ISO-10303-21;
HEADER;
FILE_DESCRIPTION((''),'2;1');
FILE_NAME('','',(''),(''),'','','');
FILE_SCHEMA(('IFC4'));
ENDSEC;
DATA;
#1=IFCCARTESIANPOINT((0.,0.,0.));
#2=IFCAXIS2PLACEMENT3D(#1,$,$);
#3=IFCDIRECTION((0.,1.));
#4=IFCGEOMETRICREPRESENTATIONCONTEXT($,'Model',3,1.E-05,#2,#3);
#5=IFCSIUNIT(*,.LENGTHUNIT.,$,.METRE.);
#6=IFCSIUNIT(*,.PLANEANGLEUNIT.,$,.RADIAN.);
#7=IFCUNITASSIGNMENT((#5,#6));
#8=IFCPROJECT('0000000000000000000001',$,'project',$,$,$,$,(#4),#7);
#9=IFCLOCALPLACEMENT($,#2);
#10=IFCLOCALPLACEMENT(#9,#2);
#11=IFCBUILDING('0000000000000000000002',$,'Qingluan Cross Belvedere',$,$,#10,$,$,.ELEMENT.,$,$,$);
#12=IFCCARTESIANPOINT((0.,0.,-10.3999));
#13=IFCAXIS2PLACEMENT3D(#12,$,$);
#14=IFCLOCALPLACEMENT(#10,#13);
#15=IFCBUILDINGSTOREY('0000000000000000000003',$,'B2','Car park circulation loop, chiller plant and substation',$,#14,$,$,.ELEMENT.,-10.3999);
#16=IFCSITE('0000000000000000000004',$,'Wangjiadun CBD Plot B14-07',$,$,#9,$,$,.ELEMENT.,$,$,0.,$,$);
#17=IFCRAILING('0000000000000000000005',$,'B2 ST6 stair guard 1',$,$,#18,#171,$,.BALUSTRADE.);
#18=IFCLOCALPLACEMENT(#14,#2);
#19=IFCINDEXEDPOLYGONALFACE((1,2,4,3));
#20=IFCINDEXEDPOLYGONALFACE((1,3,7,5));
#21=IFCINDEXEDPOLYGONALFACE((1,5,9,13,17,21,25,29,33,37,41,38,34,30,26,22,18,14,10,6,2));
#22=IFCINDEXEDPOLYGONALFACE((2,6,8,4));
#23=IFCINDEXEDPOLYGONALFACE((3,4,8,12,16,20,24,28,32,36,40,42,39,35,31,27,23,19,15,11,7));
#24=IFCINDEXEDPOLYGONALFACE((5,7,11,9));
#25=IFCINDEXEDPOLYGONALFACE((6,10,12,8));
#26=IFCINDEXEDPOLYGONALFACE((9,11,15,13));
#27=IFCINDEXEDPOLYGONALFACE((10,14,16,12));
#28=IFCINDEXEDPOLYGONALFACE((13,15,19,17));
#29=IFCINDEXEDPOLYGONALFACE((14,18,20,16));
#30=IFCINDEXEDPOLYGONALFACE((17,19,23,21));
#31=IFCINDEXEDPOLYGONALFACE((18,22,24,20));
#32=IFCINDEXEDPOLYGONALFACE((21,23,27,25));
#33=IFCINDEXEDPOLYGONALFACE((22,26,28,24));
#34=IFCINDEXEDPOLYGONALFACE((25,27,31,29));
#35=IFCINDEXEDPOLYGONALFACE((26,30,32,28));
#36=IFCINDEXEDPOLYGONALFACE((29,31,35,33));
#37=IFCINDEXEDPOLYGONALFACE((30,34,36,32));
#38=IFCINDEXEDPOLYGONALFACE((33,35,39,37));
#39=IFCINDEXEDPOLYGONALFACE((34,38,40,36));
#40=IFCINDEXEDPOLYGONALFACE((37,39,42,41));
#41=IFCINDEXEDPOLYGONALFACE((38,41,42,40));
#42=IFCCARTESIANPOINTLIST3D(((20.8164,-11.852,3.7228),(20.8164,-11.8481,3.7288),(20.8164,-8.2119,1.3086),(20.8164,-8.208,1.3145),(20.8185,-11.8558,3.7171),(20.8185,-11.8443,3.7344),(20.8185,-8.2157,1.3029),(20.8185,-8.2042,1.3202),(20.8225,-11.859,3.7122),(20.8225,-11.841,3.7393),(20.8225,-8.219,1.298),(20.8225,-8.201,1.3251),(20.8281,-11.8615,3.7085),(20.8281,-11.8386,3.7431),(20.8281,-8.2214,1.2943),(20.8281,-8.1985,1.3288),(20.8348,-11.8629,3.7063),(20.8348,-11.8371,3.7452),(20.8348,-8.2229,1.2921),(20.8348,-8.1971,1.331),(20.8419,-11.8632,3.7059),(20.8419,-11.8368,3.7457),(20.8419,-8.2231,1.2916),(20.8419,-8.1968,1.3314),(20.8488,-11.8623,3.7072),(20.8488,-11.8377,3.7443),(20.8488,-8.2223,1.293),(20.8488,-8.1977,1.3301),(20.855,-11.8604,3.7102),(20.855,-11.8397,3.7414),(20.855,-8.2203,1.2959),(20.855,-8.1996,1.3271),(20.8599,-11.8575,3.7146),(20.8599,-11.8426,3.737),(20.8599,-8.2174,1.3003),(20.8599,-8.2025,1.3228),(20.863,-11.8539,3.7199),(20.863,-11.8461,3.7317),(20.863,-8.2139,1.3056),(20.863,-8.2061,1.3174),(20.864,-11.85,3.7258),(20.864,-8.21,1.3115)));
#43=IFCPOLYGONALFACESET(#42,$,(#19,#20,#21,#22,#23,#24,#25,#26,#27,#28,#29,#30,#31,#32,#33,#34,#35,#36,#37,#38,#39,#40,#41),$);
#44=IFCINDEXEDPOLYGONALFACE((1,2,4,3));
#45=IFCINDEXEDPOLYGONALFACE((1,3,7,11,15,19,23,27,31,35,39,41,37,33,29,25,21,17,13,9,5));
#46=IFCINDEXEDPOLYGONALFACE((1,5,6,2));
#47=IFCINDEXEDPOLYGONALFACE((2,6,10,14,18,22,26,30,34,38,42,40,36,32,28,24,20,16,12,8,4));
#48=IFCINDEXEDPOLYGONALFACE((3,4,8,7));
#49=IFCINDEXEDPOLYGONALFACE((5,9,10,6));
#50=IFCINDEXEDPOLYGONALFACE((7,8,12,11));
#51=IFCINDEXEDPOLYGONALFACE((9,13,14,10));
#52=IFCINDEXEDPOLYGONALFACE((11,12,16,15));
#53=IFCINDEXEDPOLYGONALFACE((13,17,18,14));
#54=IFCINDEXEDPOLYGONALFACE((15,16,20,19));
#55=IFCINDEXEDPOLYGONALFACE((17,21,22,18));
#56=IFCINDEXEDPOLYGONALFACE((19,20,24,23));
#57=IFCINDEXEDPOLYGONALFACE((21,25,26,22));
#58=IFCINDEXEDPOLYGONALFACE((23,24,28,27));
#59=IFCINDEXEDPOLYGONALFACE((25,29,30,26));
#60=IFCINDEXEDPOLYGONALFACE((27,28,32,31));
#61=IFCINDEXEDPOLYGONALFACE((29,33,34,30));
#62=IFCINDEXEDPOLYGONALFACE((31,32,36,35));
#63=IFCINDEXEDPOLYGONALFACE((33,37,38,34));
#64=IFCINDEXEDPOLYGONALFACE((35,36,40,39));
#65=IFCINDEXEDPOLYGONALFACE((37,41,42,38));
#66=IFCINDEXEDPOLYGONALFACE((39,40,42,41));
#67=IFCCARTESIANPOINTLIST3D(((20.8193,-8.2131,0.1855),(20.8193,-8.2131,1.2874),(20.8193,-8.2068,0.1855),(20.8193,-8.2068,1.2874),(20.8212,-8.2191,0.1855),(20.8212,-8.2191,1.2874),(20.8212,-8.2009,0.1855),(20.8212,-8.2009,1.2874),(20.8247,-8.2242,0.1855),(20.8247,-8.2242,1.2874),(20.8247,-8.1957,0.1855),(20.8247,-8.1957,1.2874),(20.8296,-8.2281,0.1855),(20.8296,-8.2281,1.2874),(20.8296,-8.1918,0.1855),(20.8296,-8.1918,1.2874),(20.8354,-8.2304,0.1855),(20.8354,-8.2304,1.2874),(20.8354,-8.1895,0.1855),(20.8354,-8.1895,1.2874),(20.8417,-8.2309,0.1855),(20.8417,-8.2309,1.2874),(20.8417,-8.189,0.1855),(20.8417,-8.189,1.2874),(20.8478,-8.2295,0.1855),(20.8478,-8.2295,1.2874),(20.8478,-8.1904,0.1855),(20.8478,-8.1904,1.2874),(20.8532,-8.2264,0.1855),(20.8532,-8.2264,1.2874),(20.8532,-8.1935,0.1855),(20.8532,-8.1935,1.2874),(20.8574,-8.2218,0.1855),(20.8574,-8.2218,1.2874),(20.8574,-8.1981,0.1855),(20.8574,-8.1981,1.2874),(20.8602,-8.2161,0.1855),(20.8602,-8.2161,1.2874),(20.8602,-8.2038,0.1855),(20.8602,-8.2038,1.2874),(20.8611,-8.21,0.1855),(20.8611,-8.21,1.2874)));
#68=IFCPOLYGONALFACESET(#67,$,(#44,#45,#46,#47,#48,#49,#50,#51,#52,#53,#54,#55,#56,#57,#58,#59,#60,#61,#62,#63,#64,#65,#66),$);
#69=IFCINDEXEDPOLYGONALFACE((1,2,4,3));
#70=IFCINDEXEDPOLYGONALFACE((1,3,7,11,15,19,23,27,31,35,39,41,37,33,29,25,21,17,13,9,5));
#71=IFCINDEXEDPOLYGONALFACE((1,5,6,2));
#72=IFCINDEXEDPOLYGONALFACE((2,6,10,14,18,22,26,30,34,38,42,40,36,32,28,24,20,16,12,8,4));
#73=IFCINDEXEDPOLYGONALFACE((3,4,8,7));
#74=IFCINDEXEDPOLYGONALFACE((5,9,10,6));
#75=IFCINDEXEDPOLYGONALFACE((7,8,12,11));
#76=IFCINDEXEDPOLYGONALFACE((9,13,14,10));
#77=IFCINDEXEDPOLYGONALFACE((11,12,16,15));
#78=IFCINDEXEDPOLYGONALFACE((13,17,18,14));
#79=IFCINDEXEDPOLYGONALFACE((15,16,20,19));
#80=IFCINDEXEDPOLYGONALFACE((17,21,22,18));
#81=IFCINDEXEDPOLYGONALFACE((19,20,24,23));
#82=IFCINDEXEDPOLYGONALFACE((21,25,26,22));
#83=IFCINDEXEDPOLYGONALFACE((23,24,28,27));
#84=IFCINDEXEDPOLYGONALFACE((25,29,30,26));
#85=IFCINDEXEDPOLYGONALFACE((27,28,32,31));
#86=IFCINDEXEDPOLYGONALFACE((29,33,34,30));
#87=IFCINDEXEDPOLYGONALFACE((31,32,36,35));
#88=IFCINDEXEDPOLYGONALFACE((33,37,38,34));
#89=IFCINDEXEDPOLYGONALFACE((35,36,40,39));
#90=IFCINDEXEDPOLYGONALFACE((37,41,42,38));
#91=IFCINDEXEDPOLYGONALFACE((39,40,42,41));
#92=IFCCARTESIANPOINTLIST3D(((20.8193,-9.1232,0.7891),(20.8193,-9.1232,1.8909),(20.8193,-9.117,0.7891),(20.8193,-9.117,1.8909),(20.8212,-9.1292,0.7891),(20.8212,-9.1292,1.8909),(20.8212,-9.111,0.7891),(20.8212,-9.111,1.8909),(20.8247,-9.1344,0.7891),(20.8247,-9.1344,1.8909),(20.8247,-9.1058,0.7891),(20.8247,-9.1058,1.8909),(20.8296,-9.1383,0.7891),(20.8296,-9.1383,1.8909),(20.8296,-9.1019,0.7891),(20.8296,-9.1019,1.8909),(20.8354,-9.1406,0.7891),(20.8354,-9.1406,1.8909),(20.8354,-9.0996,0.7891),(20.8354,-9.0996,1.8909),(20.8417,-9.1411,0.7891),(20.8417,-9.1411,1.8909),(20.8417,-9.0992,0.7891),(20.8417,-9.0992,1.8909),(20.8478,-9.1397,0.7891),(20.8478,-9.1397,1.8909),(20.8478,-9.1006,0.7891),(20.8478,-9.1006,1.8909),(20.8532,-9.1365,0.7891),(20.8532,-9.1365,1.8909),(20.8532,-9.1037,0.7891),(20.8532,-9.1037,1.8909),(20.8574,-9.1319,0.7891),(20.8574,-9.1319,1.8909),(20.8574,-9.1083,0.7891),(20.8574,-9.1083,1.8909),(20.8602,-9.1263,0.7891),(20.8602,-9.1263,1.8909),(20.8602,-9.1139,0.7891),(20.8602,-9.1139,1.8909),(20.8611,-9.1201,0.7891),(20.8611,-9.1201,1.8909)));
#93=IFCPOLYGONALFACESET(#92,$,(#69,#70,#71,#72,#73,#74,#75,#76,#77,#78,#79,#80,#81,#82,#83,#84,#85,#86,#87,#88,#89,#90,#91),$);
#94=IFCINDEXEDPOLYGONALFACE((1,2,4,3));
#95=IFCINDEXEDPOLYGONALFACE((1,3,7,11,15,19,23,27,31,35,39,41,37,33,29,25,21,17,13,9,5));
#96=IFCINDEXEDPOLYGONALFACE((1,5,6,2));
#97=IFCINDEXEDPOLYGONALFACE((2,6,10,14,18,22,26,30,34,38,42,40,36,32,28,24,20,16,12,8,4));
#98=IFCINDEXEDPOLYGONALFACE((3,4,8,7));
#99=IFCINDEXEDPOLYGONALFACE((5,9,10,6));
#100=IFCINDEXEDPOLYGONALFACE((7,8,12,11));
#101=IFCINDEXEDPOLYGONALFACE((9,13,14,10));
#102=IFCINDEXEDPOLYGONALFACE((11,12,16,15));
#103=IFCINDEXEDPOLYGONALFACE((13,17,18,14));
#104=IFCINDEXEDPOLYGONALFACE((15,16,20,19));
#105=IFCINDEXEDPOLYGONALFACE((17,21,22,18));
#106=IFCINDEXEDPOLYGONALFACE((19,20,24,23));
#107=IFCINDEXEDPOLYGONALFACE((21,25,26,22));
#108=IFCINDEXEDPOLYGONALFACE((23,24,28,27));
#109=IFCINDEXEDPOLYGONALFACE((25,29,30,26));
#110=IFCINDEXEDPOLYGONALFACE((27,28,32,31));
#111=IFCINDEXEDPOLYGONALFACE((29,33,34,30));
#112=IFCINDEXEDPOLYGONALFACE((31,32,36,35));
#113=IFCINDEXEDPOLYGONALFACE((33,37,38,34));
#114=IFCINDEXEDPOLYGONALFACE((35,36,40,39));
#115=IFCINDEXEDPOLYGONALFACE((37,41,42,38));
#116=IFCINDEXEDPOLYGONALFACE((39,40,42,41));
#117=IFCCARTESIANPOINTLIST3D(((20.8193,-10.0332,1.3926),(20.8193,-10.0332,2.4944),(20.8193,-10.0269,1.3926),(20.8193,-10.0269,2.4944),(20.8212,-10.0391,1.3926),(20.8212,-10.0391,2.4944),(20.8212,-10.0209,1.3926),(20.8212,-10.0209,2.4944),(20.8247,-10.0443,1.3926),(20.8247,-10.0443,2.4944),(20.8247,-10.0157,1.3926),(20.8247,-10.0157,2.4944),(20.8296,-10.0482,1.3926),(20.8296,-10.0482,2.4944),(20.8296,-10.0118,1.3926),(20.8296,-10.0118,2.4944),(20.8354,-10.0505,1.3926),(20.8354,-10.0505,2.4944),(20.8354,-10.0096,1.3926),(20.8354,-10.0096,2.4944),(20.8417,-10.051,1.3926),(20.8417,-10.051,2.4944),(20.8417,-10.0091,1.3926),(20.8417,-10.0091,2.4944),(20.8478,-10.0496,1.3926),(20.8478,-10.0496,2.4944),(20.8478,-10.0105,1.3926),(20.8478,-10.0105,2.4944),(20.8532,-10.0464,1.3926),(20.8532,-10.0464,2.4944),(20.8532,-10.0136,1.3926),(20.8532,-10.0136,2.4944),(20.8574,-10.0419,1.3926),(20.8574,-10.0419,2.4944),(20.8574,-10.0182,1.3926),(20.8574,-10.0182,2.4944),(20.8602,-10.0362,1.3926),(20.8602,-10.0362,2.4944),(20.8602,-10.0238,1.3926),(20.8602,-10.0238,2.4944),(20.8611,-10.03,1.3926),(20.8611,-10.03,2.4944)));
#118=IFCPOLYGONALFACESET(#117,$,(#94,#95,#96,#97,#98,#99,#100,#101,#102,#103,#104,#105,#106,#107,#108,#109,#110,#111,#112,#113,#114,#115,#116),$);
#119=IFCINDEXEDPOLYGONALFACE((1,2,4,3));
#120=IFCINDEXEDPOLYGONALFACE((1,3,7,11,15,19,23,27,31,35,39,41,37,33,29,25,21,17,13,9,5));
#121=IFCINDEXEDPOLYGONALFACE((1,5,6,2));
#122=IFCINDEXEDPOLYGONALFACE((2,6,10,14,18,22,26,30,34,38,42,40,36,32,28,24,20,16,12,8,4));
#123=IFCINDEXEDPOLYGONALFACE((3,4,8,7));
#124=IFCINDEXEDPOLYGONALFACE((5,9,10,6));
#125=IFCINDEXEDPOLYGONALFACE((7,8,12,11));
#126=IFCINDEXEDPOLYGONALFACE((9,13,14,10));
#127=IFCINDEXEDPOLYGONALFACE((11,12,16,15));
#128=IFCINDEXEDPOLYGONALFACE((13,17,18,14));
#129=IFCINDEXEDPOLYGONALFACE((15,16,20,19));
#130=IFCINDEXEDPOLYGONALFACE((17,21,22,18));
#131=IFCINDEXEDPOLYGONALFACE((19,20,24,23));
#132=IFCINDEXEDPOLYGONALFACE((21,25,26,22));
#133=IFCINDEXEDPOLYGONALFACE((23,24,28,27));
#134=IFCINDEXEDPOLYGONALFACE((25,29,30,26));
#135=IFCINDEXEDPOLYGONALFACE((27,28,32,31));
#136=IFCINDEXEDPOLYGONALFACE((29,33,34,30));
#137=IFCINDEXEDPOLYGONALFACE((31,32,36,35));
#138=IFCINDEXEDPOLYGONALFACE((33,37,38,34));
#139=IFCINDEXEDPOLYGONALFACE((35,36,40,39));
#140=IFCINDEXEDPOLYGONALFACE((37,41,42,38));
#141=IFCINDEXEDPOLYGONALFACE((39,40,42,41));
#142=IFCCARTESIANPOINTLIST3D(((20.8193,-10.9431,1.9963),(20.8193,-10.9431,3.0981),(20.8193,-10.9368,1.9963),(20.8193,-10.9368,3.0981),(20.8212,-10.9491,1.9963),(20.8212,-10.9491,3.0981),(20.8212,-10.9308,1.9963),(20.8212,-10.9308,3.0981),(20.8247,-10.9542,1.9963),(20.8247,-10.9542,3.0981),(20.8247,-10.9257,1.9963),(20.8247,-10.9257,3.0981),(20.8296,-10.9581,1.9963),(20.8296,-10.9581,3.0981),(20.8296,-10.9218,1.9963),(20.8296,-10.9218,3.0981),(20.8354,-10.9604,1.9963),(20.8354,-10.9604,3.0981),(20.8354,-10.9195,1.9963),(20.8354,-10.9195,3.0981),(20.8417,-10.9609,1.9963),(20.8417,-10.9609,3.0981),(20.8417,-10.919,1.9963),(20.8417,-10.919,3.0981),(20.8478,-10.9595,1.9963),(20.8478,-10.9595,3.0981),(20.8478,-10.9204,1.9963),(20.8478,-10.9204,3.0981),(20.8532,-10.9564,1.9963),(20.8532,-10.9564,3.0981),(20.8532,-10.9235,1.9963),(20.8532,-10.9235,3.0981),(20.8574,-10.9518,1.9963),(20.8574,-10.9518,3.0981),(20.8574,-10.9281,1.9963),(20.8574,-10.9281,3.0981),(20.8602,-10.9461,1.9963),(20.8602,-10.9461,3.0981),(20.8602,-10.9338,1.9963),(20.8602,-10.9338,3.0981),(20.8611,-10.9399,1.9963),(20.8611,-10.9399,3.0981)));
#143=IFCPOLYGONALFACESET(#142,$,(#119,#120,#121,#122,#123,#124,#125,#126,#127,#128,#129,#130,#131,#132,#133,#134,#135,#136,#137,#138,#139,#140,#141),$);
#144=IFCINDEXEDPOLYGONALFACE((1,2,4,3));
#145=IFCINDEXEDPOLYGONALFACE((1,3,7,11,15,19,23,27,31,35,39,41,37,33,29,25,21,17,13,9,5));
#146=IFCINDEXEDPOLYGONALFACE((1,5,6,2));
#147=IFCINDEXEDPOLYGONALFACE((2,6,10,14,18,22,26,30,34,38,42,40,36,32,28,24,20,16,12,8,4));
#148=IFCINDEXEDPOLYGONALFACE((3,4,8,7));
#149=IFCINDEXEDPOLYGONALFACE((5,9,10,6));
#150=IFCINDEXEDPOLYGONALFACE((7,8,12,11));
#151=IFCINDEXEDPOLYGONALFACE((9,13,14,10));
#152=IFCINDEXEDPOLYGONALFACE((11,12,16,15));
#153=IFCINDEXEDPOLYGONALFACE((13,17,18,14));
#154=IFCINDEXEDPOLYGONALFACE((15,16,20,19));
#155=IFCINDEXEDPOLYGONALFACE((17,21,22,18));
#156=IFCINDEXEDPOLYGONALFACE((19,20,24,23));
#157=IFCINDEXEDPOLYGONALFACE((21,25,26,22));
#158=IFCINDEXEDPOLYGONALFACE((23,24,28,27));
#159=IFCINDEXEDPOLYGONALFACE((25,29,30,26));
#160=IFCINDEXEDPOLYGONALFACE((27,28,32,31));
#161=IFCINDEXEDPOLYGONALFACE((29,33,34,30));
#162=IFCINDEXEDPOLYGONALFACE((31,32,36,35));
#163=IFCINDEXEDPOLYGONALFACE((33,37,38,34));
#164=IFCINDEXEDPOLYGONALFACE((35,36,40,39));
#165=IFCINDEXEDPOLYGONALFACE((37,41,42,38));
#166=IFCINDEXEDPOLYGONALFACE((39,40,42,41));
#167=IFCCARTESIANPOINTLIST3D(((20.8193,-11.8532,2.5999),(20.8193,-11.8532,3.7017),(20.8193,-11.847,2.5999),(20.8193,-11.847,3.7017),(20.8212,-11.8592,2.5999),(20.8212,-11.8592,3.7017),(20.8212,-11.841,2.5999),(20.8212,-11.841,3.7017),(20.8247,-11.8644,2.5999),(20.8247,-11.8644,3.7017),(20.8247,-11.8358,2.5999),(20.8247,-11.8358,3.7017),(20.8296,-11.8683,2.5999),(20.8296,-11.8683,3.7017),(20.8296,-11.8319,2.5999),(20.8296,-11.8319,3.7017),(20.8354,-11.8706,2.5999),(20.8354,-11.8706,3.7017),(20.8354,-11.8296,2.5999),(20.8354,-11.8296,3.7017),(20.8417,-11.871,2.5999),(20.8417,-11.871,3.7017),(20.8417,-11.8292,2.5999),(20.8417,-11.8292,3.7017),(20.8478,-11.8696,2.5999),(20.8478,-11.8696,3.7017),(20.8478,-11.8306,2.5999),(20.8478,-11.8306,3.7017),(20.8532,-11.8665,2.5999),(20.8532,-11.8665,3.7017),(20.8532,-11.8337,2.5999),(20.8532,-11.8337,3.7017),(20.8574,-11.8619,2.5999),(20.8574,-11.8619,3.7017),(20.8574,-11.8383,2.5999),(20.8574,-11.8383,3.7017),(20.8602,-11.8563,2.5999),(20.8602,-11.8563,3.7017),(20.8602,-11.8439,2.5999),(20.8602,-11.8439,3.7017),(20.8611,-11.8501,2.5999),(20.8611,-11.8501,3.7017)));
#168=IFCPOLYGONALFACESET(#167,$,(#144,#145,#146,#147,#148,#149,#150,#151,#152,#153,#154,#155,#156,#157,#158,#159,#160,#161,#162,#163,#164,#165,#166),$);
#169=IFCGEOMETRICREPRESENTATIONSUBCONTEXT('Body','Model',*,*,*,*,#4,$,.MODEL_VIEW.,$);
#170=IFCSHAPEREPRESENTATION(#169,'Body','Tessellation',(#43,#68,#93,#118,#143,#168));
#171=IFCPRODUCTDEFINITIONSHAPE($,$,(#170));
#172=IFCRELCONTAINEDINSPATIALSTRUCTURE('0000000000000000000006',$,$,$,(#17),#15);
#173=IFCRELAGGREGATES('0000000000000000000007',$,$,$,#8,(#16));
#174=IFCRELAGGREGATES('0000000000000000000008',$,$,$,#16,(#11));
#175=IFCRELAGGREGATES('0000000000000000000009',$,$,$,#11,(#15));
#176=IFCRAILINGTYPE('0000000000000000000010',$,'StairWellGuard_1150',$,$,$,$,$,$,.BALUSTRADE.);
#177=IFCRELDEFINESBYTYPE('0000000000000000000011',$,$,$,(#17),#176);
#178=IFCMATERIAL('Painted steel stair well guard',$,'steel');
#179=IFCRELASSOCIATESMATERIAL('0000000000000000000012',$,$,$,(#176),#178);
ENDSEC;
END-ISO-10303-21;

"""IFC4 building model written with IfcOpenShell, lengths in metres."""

from ifc_helpers import new_model, si_unit, direction, frame, origin, origin_2d, place, context, subcontext, project, spatial, circle, extrude, material, type_object, element, save


model = new_model("IFC4")

# Units and contexts
model_context = context("Model", 3, precision=1e-05, world=origin(), true_north=direction((0.0, 1.0)))
body_context = subcontext(model_context, "Body", "Model", "MODEL_VIEW")
ifc_project = project(units=[si_unit("LENGTHUNIT", "METRE"), si_unit("PLANEANGLEUNIT", "RADIAN")], contexts=[model_context])

# Site, building, storey
site_placement = place(None, origin())
site = spatial("IfcSite", under=ifc_project, at=site_placement, Name="Wangjiadun CBD Plot B14-07", CompositionType="ELEMENT", RefElevation=0.0)
building_placement = place(site_placement, origin())
building = spatial("IfcBuilding", under=site, at=building_placement, Name="Qingluan Cross Belvedere", CompositionType="ELEMENT")
storey_placement = place(building_placement, frame((0.0, 0.0, -10.3999)))
storey = spatial("IfcBuildingStorey", under=building, at=storey_placement, Name="B2", Description="Car park circulation loop, chiller plant and substation", CompositionType="ELEMENT", Elevation=-10.3999)

# Railing
ifc_material_1 = material(Name="Painted steel stair well guard", Category="steel")
railing_type_1 = type_object("IfcRailingType", Name="StairWellGuard_1150", PredefinedType="BALUSTRADE", material=ifc_material_1)
railing_1_placement = place(storey_placement, frame((20.8401, -8.21, 0.1855)))
element("IfcRailing", 1, at=railing_1_placement, inside=storey, type_object=railing_type_1, Name="B2 ST6 stair guard 1", PredefinedType="BALUSTRADE", context=body_context, shape_type="SweptSolid", body=[
    extrude(circle(Radius=0.0239, at=origin_2d()), frame((0.0, 0.0, 1.126), z_axis=(0.0, -0.833364, 0.552725), x_axis=(1.0, 0.0, 0.0)), (0.0, 0.0, 1.0), 4.3679),
    extrude(circle(Radius=0.021, at=origin_2d()), origin(), (0.0, 0.0, 1.0), 1.1018),
    extrude(circle(Radius=0.021, at=origin_2d()), frame((0.0, -0.9102, 0.6035)), (0.0, 0.0, 1.0), 1.1018),
    extrude(circle(Radius=0.021, at=origin_2d()), frame((0.0, -1.8201, 1.207)), (0.0, 0.0, 1.0), 1.1018),
    extrude(circle(Radius=0.021, at=origin_2d()), frame((0.0, -2.73, 1.8108)), (0.0, 0.0, 1.0), 1.1018),
    extrude(circle(Radius=0.021, at=origin_2d()), frame((0.0, -3.6401, 2.4143)), (0.0, 0.0, 1.0), 1.1018),
])

save(model, "model.ifc")
